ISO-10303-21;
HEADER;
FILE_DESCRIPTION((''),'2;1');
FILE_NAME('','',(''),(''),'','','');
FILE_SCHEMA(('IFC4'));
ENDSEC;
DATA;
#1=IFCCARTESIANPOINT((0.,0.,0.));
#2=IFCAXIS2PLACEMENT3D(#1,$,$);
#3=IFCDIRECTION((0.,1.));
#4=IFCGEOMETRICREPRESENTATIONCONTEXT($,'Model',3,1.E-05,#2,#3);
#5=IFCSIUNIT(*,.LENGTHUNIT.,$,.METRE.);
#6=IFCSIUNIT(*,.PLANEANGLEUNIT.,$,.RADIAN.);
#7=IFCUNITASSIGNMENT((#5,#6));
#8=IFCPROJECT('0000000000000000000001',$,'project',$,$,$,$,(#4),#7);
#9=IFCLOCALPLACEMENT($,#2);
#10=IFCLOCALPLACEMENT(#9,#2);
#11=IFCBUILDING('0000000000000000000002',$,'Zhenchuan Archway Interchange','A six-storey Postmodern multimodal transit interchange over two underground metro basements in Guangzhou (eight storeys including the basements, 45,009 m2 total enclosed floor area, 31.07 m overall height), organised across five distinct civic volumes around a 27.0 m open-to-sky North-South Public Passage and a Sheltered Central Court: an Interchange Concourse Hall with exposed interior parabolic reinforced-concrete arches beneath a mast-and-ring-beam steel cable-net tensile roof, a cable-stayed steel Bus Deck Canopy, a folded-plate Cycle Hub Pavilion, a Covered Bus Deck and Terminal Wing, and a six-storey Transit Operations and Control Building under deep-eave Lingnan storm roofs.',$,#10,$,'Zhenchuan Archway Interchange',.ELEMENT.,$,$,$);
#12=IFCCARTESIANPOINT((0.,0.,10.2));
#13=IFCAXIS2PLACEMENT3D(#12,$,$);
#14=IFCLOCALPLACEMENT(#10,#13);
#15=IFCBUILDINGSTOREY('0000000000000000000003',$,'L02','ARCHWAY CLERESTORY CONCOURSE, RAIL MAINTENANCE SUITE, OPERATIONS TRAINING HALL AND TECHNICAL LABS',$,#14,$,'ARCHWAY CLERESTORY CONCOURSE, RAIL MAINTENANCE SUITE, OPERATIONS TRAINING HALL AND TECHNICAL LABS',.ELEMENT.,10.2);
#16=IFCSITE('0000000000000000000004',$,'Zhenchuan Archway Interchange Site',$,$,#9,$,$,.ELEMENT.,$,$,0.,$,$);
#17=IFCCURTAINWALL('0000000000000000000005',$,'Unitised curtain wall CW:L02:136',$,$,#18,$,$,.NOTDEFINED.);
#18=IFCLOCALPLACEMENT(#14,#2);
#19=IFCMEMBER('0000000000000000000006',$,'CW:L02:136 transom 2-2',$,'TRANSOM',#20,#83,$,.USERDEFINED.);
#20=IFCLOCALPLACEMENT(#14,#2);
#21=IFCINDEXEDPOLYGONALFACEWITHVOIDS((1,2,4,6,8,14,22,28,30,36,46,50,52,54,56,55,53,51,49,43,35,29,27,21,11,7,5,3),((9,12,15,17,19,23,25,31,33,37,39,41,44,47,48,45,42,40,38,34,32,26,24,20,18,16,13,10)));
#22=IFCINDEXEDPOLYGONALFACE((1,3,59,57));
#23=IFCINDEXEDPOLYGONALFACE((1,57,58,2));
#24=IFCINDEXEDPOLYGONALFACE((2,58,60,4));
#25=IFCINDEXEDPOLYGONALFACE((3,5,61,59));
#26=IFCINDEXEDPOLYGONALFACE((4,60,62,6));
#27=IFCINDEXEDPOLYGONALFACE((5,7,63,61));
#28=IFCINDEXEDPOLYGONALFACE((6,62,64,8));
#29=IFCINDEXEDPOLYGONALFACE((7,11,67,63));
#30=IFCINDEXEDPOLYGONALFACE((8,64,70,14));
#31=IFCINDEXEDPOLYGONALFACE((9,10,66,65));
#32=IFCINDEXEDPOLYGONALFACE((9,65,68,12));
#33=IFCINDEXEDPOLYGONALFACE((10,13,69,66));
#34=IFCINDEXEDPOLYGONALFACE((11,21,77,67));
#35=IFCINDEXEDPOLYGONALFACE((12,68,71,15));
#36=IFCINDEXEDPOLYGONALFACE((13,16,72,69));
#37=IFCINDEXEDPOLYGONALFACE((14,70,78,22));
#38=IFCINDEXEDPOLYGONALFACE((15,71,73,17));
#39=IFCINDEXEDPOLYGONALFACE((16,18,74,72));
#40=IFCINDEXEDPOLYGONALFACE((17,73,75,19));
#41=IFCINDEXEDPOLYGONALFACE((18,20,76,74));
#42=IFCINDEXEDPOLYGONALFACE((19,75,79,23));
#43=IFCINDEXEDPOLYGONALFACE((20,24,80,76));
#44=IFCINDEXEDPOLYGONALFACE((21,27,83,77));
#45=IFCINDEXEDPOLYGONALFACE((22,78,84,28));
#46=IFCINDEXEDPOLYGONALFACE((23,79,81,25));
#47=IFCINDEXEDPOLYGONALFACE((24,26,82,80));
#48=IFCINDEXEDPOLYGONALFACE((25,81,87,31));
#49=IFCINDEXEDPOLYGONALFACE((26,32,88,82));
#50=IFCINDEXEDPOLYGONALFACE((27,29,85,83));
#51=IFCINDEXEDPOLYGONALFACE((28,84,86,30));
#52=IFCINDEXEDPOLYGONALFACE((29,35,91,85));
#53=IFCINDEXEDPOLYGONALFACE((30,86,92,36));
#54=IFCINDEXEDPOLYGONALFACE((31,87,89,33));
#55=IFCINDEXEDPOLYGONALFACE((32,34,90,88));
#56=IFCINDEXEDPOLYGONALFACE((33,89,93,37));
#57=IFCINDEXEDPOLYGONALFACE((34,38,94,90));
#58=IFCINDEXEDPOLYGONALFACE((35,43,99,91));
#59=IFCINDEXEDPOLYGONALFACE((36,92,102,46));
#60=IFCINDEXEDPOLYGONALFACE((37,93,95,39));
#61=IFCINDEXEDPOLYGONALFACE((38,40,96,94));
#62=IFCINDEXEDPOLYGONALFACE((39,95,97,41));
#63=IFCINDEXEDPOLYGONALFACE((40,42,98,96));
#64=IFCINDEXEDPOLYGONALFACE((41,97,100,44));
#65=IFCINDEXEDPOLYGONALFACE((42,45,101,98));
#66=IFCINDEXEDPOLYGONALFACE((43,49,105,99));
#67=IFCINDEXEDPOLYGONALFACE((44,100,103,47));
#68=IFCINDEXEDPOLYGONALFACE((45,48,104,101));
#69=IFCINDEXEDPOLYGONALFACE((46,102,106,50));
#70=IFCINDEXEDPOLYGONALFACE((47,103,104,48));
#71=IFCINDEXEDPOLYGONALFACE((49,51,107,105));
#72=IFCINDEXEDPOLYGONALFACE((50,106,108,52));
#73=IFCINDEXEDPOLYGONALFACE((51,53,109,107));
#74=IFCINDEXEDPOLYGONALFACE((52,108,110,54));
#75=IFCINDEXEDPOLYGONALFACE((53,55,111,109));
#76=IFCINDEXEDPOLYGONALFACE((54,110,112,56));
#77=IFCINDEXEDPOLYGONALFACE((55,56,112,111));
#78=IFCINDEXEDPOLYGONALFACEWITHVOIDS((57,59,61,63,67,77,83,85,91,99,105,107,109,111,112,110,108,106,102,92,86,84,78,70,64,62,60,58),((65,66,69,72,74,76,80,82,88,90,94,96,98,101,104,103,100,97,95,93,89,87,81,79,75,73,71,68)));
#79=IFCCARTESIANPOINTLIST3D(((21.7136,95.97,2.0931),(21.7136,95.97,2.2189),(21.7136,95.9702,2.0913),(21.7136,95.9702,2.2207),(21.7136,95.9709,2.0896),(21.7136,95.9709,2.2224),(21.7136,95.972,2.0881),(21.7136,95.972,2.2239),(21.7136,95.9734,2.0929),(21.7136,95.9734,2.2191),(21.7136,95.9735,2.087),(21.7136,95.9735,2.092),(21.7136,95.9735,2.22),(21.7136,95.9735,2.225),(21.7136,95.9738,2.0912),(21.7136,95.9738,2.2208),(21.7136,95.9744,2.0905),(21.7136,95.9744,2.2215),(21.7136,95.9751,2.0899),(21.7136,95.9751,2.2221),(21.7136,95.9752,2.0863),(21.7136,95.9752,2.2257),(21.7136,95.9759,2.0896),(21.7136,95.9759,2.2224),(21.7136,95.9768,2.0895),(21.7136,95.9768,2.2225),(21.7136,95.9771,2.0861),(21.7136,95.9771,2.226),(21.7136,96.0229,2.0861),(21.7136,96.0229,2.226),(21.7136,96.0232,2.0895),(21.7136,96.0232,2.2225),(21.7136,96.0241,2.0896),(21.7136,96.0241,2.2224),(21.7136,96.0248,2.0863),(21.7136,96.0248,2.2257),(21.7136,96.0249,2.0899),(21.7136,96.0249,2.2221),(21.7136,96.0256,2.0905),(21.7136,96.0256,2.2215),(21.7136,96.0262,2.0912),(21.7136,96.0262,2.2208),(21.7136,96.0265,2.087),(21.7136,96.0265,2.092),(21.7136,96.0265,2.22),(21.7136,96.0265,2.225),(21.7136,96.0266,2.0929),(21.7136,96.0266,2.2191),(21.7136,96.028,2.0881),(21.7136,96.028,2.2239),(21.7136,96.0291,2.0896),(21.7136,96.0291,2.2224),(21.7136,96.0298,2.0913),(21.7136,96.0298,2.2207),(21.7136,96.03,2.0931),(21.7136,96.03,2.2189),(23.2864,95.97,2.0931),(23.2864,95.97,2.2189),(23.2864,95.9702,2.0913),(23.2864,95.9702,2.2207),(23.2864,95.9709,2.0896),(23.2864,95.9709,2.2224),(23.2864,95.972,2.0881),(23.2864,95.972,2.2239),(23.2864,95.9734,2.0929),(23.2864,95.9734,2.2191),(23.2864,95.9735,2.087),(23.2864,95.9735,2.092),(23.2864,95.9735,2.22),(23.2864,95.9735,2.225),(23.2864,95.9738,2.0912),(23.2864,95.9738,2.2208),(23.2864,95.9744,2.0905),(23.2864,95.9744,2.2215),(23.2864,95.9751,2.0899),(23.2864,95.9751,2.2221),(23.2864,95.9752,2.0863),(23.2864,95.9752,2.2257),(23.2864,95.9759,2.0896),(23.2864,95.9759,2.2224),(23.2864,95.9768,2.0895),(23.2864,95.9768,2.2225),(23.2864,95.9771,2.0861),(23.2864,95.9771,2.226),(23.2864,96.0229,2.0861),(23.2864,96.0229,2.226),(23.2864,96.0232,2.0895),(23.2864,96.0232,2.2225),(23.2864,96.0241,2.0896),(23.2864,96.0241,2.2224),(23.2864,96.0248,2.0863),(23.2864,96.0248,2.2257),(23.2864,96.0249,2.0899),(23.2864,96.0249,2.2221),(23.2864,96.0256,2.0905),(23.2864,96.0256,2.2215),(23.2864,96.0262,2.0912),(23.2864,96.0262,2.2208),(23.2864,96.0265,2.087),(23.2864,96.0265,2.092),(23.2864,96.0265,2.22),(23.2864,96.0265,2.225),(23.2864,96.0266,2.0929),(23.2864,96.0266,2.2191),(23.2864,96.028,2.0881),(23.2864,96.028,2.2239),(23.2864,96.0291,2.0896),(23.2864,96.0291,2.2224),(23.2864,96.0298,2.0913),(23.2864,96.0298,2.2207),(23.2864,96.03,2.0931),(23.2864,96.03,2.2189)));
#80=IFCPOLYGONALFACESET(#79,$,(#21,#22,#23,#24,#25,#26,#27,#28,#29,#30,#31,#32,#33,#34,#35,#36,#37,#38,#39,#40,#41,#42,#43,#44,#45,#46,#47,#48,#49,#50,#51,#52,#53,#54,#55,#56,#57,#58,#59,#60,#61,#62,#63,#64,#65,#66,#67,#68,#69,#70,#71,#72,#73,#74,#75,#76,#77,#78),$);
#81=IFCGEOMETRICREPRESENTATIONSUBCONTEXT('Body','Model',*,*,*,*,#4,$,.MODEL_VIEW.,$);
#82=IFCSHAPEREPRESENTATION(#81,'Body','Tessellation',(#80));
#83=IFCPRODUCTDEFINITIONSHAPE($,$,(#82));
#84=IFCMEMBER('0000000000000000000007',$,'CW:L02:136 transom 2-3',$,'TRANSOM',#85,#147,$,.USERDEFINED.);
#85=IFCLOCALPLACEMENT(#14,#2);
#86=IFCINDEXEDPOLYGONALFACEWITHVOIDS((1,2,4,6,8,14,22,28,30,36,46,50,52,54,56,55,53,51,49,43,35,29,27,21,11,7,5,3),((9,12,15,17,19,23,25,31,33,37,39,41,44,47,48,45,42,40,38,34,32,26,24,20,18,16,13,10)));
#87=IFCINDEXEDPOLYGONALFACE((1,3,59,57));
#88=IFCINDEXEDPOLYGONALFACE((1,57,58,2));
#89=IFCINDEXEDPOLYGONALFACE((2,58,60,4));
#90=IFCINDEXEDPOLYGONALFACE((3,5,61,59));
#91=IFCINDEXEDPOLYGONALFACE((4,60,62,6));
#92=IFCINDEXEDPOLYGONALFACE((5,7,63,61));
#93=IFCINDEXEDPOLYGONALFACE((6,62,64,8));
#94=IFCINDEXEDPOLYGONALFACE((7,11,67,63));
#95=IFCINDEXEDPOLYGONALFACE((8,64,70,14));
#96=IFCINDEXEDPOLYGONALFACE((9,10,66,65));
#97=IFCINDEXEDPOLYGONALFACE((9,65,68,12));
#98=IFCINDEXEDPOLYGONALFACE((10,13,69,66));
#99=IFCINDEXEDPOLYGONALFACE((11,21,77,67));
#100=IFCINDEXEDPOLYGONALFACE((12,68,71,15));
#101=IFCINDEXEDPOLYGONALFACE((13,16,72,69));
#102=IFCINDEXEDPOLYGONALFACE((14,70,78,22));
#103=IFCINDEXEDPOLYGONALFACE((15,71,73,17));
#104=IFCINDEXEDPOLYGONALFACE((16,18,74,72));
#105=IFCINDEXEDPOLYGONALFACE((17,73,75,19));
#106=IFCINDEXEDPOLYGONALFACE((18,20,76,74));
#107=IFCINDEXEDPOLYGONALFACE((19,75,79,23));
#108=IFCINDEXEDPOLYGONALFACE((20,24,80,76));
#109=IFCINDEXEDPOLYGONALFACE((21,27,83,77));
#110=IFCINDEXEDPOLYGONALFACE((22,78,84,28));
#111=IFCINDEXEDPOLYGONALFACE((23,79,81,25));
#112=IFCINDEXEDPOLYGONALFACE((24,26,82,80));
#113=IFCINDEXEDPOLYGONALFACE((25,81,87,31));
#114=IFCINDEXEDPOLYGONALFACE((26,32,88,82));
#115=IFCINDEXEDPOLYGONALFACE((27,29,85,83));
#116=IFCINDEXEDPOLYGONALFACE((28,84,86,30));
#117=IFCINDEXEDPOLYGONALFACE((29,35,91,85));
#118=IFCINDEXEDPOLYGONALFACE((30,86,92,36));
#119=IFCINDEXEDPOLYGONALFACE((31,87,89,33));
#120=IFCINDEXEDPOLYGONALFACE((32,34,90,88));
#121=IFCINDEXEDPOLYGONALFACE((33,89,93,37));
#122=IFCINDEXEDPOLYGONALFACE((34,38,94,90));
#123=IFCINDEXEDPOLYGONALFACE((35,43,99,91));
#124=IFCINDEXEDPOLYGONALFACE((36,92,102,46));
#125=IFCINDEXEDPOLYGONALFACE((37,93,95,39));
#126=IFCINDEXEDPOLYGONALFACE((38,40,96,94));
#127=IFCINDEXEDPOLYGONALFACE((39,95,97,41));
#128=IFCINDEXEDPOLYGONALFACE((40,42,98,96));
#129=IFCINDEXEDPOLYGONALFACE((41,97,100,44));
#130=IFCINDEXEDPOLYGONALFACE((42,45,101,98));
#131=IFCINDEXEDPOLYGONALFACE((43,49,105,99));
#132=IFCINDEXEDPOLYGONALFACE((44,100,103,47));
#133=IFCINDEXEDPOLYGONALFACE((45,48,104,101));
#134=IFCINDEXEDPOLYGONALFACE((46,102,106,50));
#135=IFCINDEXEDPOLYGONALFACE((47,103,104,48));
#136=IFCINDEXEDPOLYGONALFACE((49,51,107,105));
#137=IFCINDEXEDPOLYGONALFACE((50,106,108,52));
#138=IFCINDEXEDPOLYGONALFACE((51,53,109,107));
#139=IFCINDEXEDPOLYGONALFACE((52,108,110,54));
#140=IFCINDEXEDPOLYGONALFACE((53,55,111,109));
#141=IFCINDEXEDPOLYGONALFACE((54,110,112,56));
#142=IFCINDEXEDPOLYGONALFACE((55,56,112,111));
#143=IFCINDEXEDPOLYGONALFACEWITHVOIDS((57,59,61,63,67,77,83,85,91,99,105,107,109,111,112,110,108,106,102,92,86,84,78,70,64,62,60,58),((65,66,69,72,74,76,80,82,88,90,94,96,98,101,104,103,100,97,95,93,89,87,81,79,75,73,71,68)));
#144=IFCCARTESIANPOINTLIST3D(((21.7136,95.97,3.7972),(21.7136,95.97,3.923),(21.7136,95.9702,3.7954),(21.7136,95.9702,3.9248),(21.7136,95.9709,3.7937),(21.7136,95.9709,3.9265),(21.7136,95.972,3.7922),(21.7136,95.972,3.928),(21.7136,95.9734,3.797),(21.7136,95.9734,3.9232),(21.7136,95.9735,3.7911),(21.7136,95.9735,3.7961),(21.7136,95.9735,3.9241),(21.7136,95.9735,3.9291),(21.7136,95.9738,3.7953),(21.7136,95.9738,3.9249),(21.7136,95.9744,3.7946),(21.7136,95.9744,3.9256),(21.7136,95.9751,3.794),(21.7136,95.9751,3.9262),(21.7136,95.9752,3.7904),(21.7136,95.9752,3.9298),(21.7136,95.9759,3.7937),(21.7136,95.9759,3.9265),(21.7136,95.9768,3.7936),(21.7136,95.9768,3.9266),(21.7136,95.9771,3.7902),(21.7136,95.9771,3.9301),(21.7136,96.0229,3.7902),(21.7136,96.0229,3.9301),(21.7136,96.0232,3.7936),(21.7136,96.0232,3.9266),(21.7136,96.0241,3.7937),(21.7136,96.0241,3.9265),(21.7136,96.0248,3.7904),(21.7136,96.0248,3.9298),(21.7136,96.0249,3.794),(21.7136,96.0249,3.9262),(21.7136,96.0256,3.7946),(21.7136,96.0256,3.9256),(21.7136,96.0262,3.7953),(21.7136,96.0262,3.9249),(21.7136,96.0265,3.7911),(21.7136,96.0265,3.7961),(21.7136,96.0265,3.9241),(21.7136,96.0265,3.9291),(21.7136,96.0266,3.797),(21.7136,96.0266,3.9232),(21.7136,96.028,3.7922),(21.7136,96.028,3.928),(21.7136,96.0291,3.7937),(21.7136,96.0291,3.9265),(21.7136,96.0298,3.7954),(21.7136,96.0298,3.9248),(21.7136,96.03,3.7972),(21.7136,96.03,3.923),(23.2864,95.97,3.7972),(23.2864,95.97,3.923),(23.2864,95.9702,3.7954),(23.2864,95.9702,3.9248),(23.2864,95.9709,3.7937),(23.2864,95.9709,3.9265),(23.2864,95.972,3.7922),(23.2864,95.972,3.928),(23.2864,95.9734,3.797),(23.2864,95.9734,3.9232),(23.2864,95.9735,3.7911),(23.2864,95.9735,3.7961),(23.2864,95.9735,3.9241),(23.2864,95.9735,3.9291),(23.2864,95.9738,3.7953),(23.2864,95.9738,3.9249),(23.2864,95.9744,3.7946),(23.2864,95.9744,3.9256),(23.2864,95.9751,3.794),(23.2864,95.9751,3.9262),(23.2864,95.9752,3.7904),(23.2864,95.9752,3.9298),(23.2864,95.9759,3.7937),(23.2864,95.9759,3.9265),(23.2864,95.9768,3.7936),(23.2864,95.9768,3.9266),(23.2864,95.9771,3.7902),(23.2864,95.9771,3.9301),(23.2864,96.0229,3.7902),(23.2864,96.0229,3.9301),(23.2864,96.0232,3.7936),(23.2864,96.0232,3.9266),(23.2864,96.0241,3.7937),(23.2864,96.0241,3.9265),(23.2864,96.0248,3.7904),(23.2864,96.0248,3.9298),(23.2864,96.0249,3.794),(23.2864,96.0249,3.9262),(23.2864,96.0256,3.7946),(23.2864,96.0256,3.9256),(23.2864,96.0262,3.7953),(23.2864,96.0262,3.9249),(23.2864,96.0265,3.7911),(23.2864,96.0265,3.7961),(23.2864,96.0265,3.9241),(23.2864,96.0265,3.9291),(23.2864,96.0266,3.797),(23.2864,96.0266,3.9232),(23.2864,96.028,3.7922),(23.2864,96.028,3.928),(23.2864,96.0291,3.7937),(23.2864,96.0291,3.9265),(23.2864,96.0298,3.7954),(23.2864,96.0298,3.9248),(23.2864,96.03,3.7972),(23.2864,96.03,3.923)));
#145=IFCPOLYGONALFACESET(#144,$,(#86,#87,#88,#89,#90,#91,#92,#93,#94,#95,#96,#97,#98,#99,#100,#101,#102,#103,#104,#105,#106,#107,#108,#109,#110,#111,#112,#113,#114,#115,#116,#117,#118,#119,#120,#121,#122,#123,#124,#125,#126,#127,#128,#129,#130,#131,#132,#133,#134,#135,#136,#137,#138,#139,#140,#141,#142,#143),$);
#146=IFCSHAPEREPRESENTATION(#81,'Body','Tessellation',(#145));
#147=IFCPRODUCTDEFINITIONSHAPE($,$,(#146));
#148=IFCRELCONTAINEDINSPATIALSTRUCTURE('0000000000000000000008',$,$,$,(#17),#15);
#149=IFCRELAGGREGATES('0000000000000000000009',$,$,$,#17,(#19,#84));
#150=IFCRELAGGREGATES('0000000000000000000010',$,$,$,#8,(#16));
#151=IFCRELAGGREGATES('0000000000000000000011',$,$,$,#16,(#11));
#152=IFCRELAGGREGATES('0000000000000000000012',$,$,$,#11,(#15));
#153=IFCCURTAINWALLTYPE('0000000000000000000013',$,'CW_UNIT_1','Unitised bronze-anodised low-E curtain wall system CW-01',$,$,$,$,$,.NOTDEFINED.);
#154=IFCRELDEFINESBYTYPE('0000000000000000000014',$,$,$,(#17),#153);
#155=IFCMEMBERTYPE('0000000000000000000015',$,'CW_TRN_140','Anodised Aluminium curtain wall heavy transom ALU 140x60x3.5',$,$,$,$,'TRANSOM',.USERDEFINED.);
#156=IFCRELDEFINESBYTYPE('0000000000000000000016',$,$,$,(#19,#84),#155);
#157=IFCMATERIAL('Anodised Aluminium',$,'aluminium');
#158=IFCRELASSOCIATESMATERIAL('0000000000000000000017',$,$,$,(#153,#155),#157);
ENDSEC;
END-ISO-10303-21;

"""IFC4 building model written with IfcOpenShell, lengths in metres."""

from ifc_helpers import new_model, si_unit, direction, frame, origin, origin_2d, place, context, subcontext, project, spatial, hollow_rectangle, extrude, material, material_profile, profile_set, type_object, element, aggregate, save


model = new_model("IFC4")

# Units and contexts
model_context = context("Model", 3, precision=1e-05, world=origin(), true_north=direction((0.0, 1.0)))
body_context = subcontext(model_context, "Body", "Model", "MODEL_VIEW")
ifc_project = project(units=[si_unit("LENGTHUNIT", "METRE"), si_unit("PLANEANGLEUNIT", "RADIAN")], contexts=[model_context])

# Site, building, storey
site_placement = place(None, origin())
site = spatial("IfcSite", under=ifc_project, at=site_placement, Name="Zhenchuan Archway Interchange Site", CompositionType="ELEMENT", RefElevation=0.0)
building_placement = place(site_placement, origin())
building = spatial("IfcBuilding", under=site, at=building_placement, Name="Zhenchuan Archway Interchange", Description="A six-storey Postmodern multimodal transit interchange over two underground metro basements in Guangzhou (eight storeys including the basements, 45,009 m2 total enclosed floor area, 31.07 m overall height), organised across five distinct civic volumes around a 27.0 m open-to-sky North-South Public Passage and a Sheltered Central Court: an Interchange Concourse Hall with exposed interior parabolic reinforced-concrete arches beneath a mast-and-ring-beam steel cable-net tensile roof, a cable-stayed steel Bus Deck Canopy, a folded-plate Cycle Hub Pavilion, a Covered Bus Deck and Terminal Wing, and a six-storey Transit Operations and Control Building under deep-eave Lingnan storm roofs.", LongName="Zhenchuan Archway Interchange", CompositionType="ELEMENT")
storey_placement = place(building_placement, frame((0.0, 0.0, 10.2)))
storey = spatial("IfcBuildingStorey", under=building, at=storey_placement, Name="L02", Description="ARCHWAY CLERESTORY CONCOURSE, RAIL MAINTENANCE SUITE, OPERATIONS TRAINING HALL AND TECHNICAL LABS", LongName="ARCHWAY CLERESTORY CONCOURSE, RAIL MAINTENANCE SUITE, OPERATIONS TRAINING HALL AND TECHNICAL LABS", CompositionType="ELEMENT", Elevation=10.2)

# Curtain wall, members
ifc_material_1 = material(Name="Anodised Aluminium", Category="aluminium")
curtain_wall_type = type_object("IfcCurtainWallType", Name="CW_UNIT_1", Description="Unitised bronze-anodised low-E curtain wall system CW-01", PredefinedType="NOTDEFINED", material=ifc_material_1)
curtain_wall_placement = place(storey_placement, origin())
curtain_wall = element("IfcCurtainWall", 1, at=curtain_wall_placement, inside=storey, type_object=curtain_wall_type, Name="Unitised curtain wall CW:L02:136", PredefinedType="NOTDEFINED")
ifc_material_profile_1 = material_profile(ifc_material_1, hollow_rectangle(XDim=0.0601, YDim=0.1399, WallThickness=0.0034, InnerFilletRadius=0.0034, OuterFilletRadius=0.0071, at=origin_2d()), Name="ALU 140x60x3.5")
ifc_profile_set_1 = profile_set([ifc_material_profile_1], Name="Anodised Aluminium")
member_type_1 = type_object("IfcMemberType", Name="CW_TRN_140", Description="Anodised Aluminium curtain wall heavy transom ALU 140x60x3.5", ElementType="TRANSOM", PredefinedType="USERDEFINED", material=ifc_profile_set_1)
member_1_placement = place(storey_placement, frame((23.2864, 96.0, 2.156), z_axis=(-1.0, 0.0, 0.0), x_axis=(0.0, -1.0, 0.0)))
member_1 = element("IfcMember", 2, at=member_1_placement, type_object=member_type_1, Name="CW:L02:136 transom 2-2", ObjectType="TRANSOM", PredefinedType="USERDEFINED", context=body_context, shape_type="SweptSolid", body=[
    extrude(hollow_rectangle(XDim=0.0601, YDim=0.1399, WallThickness=0.0034, InnerFilletRadius=0.0034, OuterFilletRadius=0.0071, at=origin_2d()), origin(), (0.0, 0.0, 1.0), 1.5728),
])
member_2_placement = place(storey_placement, frame((23.2864, 96.0, 3.8601), z_axis=(-1.0, 0.0, 0.0), x_axis=(0.0, -1.0, 0.0)))
member_2 = element("IfcMember", 3, at=member_2_placement, type_object=member_type_1, Name="CW:L02:136 transom 2-3", ObjectType="TRANSOM", PredefinedType="USERDEFINED", context=body_context, shape_type="SweptSolid", body=[
    extrude(hollow_rectangle(XDim=0.0601, YDim=0.1399, WallThickness=0.0034, InnerFilletRadius=0.0034, OuterFilletRadius=0.0071, at=origin_2d()), origin(), (0.0, 0.0, 1.0), 1.5728),
])

aggregate(curtain_wall, [member_1, member_2])

save(model, "model.ifc")
